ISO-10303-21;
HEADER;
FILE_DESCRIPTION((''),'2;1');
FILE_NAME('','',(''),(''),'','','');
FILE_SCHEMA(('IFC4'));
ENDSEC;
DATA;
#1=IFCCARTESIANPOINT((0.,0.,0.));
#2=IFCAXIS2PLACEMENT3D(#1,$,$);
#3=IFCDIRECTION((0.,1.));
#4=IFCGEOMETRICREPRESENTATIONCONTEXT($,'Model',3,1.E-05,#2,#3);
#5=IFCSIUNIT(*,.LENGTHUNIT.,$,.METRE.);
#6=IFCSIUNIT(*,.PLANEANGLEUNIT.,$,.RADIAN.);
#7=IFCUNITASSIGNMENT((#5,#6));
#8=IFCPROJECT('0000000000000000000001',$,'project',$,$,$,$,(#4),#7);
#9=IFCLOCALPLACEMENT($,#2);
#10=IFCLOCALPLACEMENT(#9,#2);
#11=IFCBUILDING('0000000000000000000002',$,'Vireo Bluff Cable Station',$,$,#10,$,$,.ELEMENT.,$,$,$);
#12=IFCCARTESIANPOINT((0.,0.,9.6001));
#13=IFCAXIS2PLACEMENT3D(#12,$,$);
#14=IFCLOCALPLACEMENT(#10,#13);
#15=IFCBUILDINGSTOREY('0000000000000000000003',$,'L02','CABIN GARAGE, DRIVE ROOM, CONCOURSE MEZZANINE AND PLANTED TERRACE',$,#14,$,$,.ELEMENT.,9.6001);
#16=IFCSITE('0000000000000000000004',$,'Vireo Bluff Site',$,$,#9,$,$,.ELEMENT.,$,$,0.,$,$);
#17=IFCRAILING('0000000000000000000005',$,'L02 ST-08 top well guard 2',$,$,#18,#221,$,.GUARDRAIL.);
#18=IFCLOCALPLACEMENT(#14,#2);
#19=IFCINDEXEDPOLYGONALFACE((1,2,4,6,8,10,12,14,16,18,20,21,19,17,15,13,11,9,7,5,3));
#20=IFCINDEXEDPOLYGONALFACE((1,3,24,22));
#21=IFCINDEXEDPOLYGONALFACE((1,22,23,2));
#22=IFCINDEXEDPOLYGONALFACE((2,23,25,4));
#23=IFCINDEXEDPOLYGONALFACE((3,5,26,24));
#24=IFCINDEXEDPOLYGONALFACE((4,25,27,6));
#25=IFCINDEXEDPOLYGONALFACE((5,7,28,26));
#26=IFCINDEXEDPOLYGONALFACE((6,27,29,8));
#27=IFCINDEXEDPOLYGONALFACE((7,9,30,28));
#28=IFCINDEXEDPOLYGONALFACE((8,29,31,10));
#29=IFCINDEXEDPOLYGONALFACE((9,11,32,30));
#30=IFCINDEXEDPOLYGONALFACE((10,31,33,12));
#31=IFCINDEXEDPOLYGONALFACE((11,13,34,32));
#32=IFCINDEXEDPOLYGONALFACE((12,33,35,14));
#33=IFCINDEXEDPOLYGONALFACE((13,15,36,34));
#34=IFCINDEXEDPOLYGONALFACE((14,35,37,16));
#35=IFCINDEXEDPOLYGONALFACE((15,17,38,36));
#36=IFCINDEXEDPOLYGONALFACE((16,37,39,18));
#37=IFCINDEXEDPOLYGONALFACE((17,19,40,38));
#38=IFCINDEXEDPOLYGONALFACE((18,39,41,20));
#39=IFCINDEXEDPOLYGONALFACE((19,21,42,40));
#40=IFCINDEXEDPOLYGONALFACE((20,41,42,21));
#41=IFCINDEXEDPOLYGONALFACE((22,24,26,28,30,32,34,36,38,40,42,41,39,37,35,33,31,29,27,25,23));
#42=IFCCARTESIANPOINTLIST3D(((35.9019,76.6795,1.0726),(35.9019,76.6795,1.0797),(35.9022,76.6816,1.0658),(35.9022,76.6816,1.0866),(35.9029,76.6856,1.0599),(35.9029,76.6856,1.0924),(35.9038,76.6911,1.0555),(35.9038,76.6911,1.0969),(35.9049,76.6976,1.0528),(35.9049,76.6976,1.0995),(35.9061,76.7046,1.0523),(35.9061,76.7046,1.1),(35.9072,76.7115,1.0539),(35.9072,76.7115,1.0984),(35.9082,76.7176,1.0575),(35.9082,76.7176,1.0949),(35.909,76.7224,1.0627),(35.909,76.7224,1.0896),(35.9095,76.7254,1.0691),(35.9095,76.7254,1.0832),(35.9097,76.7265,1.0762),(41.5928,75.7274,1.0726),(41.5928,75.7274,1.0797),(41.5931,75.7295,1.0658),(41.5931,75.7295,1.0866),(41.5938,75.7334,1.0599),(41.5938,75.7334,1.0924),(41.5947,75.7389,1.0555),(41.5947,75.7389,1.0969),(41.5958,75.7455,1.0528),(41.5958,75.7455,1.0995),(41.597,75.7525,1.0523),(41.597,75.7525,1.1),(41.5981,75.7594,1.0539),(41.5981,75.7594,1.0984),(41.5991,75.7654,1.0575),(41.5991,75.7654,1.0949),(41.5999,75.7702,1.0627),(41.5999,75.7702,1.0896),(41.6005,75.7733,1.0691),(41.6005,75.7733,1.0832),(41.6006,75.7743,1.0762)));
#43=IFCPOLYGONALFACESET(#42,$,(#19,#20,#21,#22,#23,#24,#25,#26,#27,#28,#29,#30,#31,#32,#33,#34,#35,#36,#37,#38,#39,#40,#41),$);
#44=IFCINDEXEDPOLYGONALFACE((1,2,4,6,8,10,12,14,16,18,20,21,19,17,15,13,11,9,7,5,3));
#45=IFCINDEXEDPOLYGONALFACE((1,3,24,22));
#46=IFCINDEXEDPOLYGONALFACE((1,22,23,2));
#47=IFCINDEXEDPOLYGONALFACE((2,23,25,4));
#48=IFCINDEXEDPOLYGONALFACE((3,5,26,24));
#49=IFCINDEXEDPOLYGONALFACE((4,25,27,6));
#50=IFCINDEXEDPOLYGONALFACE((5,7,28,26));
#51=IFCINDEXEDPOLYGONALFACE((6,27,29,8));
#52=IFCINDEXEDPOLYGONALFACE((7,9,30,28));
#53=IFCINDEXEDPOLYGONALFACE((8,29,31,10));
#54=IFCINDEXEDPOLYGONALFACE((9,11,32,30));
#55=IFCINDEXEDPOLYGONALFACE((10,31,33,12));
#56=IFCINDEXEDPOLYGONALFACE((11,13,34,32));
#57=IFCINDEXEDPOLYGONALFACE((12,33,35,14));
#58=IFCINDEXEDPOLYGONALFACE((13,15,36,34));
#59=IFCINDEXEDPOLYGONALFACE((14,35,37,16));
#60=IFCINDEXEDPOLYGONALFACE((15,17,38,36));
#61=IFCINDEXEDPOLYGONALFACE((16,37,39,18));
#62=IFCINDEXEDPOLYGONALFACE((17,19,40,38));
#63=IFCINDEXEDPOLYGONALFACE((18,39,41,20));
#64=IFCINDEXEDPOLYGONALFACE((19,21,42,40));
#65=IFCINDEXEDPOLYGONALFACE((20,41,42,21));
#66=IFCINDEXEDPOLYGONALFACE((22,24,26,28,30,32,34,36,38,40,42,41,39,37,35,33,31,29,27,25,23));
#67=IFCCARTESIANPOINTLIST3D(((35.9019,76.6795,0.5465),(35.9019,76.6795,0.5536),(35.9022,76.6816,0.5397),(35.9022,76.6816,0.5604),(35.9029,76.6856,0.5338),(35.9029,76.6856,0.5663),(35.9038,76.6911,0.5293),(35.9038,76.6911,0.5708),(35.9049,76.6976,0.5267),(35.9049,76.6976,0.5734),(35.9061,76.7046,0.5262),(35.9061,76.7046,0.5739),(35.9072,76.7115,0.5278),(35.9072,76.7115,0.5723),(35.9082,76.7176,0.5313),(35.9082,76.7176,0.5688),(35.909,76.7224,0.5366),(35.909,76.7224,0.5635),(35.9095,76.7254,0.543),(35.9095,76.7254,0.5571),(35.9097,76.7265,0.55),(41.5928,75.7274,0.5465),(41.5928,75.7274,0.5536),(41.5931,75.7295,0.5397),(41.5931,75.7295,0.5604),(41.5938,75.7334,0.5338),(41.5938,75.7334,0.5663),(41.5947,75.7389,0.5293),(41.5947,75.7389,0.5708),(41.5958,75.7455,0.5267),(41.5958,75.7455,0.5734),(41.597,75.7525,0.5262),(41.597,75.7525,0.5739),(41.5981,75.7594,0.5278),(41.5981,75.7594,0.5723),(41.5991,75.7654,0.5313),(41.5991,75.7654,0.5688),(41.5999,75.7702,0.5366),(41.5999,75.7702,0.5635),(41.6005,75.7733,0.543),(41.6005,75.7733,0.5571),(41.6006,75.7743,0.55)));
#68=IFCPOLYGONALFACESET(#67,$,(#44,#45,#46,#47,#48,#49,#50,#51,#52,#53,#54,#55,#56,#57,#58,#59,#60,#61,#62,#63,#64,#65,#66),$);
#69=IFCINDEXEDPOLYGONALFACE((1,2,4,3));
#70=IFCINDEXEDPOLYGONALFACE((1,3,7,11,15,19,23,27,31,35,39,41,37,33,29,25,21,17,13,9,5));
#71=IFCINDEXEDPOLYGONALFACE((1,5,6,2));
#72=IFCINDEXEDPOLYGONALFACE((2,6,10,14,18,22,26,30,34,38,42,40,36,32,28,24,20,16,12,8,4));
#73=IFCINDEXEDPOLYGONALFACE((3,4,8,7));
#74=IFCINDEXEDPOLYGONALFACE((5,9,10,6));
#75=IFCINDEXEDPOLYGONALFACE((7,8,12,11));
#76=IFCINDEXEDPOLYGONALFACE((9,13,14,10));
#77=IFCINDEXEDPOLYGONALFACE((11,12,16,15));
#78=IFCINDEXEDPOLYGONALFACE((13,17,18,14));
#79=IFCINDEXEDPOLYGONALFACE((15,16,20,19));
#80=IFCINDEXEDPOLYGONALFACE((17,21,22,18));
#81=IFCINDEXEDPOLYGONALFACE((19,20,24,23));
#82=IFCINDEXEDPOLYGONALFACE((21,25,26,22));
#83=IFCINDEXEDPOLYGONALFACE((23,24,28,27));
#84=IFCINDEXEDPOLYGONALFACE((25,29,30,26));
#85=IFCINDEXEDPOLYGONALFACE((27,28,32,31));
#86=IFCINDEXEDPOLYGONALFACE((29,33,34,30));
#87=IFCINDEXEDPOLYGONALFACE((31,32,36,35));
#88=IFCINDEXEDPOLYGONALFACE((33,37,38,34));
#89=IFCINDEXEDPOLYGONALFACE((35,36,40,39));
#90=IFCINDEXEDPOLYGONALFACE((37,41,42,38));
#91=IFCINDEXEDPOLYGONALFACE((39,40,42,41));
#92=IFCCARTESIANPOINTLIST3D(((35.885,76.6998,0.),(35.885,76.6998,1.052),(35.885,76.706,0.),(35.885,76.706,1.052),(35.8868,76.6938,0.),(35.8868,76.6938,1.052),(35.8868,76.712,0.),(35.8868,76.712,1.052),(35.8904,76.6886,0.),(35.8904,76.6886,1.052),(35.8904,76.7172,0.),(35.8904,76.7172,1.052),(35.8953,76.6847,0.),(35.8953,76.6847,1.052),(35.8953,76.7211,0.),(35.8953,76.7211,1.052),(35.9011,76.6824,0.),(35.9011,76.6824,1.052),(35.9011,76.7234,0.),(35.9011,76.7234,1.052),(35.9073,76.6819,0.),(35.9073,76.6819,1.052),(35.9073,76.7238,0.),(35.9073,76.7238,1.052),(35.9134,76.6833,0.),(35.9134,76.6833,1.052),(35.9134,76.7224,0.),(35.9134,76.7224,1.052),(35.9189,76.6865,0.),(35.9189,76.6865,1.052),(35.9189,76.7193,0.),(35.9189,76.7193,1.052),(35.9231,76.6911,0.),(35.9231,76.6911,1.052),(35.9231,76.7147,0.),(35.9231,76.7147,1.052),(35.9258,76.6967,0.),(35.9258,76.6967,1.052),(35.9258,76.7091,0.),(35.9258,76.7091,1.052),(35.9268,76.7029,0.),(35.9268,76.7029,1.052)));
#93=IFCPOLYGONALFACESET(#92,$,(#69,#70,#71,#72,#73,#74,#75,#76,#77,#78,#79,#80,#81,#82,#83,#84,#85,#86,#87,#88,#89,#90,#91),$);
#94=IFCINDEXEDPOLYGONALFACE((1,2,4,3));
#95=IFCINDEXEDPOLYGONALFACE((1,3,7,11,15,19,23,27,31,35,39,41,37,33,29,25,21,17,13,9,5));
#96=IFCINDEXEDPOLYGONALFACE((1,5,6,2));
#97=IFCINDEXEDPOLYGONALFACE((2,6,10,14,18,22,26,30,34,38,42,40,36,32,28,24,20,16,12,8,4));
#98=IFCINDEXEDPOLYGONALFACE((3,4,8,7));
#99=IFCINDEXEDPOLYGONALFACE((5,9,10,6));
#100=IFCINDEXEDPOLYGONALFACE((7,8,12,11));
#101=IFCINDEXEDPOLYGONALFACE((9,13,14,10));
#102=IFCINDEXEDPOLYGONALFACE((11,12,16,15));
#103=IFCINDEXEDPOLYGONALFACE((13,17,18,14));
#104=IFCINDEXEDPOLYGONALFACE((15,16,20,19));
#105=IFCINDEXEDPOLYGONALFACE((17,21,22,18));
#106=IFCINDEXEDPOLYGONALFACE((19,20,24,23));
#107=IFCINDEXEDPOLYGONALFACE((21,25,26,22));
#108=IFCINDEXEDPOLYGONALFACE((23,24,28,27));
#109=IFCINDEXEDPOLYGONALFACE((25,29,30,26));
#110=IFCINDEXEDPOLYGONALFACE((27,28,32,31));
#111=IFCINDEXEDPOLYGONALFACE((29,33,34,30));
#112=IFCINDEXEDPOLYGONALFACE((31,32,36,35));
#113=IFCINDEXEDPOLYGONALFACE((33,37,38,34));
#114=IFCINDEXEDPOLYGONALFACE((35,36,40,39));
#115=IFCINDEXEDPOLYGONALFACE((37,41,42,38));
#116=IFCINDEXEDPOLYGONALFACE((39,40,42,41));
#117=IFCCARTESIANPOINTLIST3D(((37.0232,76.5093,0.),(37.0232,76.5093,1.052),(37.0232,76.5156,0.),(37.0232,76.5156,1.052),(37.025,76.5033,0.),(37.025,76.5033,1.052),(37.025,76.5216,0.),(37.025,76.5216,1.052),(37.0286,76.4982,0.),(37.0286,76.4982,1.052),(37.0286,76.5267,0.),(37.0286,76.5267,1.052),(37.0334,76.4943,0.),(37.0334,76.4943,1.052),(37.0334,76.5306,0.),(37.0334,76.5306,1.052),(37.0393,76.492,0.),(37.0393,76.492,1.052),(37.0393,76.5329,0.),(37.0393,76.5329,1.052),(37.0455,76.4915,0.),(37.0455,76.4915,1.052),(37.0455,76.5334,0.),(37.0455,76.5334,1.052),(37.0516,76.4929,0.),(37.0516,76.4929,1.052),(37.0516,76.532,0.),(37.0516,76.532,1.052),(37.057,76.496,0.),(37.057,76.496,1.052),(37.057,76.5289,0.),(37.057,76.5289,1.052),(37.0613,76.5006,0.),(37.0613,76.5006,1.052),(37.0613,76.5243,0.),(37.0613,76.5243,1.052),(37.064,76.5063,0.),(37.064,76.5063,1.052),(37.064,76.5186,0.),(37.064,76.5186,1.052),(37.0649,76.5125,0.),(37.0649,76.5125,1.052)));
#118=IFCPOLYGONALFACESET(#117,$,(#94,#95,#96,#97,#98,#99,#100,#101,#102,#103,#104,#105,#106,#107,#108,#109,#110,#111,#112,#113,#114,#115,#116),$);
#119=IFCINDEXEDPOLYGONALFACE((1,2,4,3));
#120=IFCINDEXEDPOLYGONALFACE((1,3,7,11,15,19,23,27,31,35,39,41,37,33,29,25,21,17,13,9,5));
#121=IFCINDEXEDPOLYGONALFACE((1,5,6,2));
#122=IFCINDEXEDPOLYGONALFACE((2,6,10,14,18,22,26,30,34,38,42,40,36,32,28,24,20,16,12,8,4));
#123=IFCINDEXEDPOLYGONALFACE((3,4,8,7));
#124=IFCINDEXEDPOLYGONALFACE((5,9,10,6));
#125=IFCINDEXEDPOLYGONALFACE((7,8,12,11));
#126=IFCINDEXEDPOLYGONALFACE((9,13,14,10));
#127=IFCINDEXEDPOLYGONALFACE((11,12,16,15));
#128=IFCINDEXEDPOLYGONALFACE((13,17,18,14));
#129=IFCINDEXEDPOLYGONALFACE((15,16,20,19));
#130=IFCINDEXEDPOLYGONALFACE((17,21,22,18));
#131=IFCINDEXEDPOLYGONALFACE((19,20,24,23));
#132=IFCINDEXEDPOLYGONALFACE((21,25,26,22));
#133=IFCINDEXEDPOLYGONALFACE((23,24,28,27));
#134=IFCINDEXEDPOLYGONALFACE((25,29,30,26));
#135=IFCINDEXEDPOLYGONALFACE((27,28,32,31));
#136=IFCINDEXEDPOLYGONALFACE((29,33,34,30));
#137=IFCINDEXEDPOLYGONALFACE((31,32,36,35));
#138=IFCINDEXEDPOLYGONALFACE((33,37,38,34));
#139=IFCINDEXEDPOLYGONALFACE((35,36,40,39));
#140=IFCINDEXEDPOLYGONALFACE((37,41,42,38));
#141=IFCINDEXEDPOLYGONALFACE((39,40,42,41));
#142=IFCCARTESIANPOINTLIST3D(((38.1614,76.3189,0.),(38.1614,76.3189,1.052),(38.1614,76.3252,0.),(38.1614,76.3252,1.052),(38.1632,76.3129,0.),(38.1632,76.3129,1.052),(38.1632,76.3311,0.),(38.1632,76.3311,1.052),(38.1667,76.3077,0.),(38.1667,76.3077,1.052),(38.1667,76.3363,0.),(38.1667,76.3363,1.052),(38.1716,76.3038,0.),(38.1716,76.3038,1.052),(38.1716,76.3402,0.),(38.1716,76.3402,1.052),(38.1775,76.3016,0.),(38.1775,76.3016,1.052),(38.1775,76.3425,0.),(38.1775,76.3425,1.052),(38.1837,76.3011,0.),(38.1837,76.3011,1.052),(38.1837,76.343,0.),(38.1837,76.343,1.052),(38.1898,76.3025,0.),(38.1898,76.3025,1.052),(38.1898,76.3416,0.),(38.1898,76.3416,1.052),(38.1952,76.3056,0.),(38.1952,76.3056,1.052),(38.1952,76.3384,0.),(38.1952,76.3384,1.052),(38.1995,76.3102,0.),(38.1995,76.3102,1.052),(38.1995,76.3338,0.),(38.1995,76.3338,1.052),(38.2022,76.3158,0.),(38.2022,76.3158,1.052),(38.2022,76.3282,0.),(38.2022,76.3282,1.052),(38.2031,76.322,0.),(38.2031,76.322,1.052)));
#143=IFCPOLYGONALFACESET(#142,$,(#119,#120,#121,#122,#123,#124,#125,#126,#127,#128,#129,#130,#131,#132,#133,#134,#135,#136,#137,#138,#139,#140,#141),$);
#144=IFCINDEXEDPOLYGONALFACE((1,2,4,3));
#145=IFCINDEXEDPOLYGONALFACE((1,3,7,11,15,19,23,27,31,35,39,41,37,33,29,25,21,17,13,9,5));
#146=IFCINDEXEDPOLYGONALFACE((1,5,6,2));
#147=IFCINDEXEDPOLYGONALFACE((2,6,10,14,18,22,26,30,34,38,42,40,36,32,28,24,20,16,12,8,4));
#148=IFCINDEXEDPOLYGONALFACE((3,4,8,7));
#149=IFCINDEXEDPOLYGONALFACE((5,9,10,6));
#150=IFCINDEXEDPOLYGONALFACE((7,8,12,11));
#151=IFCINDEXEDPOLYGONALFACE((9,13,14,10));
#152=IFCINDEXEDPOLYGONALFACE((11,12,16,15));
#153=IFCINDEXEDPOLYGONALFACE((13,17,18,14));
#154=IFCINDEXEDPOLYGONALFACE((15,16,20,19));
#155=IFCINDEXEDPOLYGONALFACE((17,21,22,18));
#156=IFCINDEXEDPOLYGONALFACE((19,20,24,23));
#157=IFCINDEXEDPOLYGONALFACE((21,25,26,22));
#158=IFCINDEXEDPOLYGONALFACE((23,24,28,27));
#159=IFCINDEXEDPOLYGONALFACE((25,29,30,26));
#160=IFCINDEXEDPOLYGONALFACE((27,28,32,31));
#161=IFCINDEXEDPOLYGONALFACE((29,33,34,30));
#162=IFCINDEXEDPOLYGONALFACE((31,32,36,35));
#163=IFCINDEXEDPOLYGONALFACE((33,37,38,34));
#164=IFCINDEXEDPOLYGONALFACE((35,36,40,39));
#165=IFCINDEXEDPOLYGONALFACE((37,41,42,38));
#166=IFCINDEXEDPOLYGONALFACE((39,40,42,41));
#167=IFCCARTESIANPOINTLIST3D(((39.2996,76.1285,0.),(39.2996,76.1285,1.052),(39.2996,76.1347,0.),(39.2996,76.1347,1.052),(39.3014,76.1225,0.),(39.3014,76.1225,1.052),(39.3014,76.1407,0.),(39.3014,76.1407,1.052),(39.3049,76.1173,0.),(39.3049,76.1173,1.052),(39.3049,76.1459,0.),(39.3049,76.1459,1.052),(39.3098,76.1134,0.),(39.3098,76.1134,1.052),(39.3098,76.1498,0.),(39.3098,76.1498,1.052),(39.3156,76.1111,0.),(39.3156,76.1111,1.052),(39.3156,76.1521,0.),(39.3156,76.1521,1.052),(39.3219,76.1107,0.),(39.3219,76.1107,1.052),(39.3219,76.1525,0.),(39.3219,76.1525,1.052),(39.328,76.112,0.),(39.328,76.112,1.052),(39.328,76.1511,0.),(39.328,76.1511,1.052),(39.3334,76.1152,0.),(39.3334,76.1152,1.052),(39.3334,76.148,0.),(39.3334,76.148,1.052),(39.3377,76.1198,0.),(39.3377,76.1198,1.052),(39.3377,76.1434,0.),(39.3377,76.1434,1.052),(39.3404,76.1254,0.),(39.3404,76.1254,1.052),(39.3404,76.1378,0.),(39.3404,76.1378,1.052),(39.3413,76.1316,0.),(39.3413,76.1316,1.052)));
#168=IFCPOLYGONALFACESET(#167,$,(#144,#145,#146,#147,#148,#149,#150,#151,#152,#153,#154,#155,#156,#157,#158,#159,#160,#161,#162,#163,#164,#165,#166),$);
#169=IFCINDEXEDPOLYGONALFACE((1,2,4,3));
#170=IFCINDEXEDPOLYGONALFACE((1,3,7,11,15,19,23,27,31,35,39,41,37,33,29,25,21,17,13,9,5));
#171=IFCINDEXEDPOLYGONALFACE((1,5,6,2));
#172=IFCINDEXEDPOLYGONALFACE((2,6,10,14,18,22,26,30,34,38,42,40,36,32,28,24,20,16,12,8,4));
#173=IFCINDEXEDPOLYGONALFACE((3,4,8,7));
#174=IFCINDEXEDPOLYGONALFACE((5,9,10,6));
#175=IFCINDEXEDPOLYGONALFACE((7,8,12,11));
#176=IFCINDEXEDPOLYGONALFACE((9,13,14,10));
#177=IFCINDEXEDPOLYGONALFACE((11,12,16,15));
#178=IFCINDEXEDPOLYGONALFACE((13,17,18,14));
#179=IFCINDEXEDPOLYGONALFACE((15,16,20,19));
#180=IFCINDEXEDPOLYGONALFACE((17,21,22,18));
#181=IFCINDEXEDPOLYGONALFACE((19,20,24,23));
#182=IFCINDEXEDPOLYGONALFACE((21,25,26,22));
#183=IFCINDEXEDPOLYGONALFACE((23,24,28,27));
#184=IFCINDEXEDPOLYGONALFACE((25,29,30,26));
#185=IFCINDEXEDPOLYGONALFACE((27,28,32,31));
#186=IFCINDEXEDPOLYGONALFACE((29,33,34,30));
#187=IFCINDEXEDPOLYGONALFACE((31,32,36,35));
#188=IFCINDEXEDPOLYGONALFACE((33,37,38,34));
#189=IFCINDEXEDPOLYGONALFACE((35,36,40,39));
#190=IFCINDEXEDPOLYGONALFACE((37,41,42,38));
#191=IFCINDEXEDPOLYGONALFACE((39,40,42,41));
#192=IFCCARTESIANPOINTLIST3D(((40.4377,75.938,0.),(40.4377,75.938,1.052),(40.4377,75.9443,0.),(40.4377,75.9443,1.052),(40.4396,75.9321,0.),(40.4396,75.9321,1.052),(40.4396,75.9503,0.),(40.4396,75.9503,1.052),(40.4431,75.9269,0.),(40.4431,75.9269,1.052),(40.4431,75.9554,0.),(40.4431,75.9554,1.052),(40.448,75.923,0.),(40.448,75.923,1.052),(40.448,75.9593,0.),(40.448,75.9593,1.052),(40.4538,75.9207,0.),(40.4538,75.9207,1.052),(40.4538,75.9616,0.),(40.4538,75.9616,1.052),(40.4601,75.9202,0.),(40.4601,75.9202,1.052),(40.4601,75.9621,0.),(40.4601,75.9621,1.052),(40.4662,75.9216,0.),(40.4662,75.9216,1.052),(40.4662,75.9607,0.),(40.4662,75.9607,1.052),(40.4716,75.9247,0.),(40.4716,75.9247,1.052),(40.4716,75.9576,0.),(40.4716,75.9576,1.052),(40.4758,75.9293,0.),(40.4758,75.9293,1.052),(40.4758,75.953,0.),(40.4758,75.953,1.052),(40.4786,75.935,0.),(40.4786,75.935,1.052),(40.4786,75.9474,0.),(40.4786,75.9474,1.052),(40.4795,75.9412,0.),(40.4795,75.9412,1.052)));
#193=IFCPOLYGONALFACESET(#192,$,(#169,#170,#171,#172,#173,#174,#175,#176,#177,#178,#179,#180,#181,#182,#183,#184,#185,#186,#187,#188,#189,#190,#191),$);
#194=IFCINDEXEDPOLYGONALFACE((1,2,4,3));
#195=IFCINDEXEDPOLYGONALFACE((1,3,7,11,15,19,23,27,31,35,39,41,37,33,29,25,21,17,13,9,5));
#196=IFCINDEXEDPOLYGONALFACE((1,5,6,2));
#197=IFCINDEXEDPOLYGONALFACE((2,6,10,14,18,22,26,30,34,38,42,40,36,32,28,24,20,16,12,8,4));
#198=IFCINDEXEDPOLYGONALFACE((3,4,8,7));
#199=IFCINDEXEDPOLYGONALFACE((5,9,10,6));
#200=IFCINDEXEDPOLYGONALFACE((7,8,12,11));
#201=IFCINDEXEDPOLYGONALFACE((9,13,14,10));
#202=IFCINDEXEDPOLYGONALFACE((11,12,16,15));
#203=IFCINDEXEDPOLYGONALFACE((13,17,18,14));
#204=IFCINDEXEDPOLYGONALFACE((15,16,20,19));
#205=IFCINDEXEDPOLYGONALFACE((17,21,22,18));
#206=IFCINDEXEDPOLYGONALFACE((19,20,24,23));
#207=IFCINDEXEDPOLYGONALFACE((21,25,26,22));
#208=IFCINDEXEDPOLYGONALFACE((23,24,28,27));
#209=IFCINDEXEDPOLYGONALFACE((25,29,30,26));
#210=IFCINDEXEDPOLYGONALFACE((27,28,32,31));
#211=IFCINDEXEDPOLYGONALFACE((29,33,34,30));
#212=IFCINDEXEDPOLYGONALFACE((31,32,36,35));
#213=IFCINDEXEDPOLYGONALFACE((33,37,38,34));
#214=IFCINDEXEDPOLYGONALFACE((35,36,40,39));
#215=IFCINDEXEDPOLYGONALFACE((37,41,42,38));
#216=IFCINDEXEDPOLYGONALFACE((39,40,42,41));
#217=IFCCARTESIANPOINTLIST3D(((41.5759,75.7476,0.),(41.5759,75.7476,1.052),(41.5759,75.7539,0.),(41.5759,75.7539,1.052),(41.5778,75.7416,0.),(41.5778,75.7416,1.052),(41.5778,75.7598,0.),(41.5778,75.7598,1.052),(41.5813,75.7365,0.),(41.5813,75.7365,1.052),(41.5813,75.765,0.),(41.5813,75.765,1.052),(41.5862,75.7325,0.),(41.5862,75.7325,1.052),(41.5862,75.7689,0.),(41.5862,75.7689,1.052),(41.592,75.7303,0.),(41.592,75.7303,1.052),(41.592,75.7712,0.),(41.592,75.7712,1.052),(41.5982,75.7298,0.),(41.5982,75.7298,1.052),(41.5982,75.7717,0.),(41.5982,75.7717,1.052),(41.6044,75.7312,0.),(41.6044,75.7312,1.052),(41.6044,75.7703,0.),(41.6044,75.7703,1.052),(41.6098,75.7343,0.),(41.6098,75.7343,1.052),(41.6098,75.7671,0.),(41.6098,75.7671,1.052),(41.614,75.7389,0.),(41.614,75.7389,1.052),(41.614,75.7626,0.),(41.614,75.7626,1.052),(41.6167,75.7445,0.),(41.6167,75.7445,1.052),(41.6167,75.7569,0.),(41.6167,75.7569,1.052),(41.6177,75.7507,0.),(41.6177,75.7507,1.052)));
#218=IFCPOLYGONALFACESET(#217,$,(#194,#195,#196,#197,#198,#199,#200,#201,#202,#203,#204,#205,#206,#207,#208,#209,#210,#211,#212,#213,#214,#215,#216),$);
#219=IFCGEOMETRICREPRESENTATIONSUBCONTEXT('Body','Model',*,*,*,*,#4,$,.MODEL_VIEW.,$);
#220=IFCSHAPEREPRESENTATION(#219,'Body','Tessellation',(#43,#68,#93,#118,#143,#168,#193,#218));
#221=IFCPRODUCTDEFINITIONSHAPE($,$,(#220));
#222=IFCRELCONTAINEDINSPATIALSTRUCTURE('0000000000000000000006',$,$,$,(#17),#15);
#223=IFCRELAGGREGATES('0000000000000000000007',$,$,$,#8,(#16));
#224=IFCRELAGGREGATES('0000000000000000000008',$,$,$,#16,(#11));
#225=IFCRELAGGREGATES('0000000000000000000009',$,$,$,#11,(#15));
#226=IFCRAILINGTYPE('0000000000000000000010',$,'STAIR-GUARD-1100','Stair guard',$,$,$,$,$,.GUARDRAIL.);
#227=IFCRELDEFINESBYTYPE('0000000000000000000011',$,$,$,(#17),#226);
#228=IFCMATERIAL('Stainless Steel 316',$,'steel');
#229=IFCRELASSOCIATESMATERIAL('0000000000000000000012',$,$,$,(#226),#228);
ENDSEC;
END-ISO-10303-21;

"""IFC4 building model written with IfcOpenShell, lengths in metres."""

from ifc_helpers import new_model, si_unit, direction, frame, origin, origin_2d, place, context, subcontext, project, spatial, circle, extrude, material, type_object, element, save


model = new_model("IFC4")

# Units and contexts
model_context = context("Model", 3, precision=1e-05, world=origin(), true_north=direction((0.0, 1.0)))
body_context = subcontext(model_context, "Body", "Model", "MODEL_VIEW")
ifc_project = project(units=[si_unit("LENGTHUNIT", "METRE"), si_unit("PLANEANGLEUNIT", "RADIAN")], contexts=[model_context])

# Site, building, storey
site_placement = place(None, origin())
site = spatial("IfcSite", under=ifc_project, at=site_placement, Name="Vireo Bluff Site", CompositionType="ELEMENT", RefElevation=0.0)
building_placement = place(site_placement, origin())
building = spatial("IfcBuilding", under=site, at=building_placement, Name="Vireo Bluff Cable Station", CompositionType="ELEMENT")
storey_placement = place(building_placement, frame((0.0, 0.0, 9.6001)))
storey = spatial("IfcBuildingStorey", under=building, at=storey_placement, Name="L02", Description="CABIN GARAGE, DRIVE ROOM, CONCOURSE MEZZANINE AND PLANTED TERRACE", CompositionType="ELEMENT", Elevation=9.6001)

# Railing
ifc_material_1 = material(Name="Stainless Steel 316", Category="steel")
railing_type = type_object("IfcRailingType", Name="STAIR-GUARD-1100", Description="Stair guard", PredefinedType="GUARDRAIL", material=ifc_material_1)
railing_1_placement = place(storey_placement, frame((35.9058, 76.7029, 0.0)))
element("IfcRailing", 1, at=railing_1_placement, inside=storey, type_object=railing_type, Name="L02 ST-08 top well guard 2", PredefinedType="GUARDRAIL", context=body_context, shape_type="SweptSolid", body=[
    extrude(circle(Radius=0.0239, at=origin_2d()), frame((0.0, 0.0, 1.0762), z_axis=(0.986291, -0.165016, 0.0), x_axis=(0.165016, 0.986291, 0.0)), (0.0, 0.0, 1.0), 5.77),
    extrude(circle(Radius=0.0239, at=origin_2d()), frame((0.0, 0.0, 0.55), z_axis=(0.986291, -0.165016, 0.0), x_axis=(0.165016, 0.986291, 0.0)), (0.0, 0.0, 1.0), 5.77),
    extrude(circle(Radius=0.021, at=origin_2d()), origin(), (0.0, 0.0, 1.0), 1.052),
    extrude(circle(Radius=0.021, at=origin_2d()), frame((1.1382, -0.1904, 0.0)), (0.0, 0.0, 1.0), 1.052),
    extrude(circle(Radius=0.021, at=origin_2d()), frame((2.2764, -0.3809, 0.0)), (0.0, 0.0, 1.0), 1.052),
    extrude(circle(Radius=0.021, at=origin_2d()), frame((3.4146, -0.5713, 0.0)), (0.0, 0.0, 1.0), 1.052),
    extrude(circle(Radius=0.021, at=origin_2d()), frame((4.5527, -0.7617, 0.0)), (0.0, 0.0, 1.0), 1.052),
    extrude(circle(Radius=0.021, at=origin_2d()), frame((5.6909, -0.9521, 0.0)), (0.0, 0.0, 1.0), 1.052),
])

save(model, "model.ifc")
